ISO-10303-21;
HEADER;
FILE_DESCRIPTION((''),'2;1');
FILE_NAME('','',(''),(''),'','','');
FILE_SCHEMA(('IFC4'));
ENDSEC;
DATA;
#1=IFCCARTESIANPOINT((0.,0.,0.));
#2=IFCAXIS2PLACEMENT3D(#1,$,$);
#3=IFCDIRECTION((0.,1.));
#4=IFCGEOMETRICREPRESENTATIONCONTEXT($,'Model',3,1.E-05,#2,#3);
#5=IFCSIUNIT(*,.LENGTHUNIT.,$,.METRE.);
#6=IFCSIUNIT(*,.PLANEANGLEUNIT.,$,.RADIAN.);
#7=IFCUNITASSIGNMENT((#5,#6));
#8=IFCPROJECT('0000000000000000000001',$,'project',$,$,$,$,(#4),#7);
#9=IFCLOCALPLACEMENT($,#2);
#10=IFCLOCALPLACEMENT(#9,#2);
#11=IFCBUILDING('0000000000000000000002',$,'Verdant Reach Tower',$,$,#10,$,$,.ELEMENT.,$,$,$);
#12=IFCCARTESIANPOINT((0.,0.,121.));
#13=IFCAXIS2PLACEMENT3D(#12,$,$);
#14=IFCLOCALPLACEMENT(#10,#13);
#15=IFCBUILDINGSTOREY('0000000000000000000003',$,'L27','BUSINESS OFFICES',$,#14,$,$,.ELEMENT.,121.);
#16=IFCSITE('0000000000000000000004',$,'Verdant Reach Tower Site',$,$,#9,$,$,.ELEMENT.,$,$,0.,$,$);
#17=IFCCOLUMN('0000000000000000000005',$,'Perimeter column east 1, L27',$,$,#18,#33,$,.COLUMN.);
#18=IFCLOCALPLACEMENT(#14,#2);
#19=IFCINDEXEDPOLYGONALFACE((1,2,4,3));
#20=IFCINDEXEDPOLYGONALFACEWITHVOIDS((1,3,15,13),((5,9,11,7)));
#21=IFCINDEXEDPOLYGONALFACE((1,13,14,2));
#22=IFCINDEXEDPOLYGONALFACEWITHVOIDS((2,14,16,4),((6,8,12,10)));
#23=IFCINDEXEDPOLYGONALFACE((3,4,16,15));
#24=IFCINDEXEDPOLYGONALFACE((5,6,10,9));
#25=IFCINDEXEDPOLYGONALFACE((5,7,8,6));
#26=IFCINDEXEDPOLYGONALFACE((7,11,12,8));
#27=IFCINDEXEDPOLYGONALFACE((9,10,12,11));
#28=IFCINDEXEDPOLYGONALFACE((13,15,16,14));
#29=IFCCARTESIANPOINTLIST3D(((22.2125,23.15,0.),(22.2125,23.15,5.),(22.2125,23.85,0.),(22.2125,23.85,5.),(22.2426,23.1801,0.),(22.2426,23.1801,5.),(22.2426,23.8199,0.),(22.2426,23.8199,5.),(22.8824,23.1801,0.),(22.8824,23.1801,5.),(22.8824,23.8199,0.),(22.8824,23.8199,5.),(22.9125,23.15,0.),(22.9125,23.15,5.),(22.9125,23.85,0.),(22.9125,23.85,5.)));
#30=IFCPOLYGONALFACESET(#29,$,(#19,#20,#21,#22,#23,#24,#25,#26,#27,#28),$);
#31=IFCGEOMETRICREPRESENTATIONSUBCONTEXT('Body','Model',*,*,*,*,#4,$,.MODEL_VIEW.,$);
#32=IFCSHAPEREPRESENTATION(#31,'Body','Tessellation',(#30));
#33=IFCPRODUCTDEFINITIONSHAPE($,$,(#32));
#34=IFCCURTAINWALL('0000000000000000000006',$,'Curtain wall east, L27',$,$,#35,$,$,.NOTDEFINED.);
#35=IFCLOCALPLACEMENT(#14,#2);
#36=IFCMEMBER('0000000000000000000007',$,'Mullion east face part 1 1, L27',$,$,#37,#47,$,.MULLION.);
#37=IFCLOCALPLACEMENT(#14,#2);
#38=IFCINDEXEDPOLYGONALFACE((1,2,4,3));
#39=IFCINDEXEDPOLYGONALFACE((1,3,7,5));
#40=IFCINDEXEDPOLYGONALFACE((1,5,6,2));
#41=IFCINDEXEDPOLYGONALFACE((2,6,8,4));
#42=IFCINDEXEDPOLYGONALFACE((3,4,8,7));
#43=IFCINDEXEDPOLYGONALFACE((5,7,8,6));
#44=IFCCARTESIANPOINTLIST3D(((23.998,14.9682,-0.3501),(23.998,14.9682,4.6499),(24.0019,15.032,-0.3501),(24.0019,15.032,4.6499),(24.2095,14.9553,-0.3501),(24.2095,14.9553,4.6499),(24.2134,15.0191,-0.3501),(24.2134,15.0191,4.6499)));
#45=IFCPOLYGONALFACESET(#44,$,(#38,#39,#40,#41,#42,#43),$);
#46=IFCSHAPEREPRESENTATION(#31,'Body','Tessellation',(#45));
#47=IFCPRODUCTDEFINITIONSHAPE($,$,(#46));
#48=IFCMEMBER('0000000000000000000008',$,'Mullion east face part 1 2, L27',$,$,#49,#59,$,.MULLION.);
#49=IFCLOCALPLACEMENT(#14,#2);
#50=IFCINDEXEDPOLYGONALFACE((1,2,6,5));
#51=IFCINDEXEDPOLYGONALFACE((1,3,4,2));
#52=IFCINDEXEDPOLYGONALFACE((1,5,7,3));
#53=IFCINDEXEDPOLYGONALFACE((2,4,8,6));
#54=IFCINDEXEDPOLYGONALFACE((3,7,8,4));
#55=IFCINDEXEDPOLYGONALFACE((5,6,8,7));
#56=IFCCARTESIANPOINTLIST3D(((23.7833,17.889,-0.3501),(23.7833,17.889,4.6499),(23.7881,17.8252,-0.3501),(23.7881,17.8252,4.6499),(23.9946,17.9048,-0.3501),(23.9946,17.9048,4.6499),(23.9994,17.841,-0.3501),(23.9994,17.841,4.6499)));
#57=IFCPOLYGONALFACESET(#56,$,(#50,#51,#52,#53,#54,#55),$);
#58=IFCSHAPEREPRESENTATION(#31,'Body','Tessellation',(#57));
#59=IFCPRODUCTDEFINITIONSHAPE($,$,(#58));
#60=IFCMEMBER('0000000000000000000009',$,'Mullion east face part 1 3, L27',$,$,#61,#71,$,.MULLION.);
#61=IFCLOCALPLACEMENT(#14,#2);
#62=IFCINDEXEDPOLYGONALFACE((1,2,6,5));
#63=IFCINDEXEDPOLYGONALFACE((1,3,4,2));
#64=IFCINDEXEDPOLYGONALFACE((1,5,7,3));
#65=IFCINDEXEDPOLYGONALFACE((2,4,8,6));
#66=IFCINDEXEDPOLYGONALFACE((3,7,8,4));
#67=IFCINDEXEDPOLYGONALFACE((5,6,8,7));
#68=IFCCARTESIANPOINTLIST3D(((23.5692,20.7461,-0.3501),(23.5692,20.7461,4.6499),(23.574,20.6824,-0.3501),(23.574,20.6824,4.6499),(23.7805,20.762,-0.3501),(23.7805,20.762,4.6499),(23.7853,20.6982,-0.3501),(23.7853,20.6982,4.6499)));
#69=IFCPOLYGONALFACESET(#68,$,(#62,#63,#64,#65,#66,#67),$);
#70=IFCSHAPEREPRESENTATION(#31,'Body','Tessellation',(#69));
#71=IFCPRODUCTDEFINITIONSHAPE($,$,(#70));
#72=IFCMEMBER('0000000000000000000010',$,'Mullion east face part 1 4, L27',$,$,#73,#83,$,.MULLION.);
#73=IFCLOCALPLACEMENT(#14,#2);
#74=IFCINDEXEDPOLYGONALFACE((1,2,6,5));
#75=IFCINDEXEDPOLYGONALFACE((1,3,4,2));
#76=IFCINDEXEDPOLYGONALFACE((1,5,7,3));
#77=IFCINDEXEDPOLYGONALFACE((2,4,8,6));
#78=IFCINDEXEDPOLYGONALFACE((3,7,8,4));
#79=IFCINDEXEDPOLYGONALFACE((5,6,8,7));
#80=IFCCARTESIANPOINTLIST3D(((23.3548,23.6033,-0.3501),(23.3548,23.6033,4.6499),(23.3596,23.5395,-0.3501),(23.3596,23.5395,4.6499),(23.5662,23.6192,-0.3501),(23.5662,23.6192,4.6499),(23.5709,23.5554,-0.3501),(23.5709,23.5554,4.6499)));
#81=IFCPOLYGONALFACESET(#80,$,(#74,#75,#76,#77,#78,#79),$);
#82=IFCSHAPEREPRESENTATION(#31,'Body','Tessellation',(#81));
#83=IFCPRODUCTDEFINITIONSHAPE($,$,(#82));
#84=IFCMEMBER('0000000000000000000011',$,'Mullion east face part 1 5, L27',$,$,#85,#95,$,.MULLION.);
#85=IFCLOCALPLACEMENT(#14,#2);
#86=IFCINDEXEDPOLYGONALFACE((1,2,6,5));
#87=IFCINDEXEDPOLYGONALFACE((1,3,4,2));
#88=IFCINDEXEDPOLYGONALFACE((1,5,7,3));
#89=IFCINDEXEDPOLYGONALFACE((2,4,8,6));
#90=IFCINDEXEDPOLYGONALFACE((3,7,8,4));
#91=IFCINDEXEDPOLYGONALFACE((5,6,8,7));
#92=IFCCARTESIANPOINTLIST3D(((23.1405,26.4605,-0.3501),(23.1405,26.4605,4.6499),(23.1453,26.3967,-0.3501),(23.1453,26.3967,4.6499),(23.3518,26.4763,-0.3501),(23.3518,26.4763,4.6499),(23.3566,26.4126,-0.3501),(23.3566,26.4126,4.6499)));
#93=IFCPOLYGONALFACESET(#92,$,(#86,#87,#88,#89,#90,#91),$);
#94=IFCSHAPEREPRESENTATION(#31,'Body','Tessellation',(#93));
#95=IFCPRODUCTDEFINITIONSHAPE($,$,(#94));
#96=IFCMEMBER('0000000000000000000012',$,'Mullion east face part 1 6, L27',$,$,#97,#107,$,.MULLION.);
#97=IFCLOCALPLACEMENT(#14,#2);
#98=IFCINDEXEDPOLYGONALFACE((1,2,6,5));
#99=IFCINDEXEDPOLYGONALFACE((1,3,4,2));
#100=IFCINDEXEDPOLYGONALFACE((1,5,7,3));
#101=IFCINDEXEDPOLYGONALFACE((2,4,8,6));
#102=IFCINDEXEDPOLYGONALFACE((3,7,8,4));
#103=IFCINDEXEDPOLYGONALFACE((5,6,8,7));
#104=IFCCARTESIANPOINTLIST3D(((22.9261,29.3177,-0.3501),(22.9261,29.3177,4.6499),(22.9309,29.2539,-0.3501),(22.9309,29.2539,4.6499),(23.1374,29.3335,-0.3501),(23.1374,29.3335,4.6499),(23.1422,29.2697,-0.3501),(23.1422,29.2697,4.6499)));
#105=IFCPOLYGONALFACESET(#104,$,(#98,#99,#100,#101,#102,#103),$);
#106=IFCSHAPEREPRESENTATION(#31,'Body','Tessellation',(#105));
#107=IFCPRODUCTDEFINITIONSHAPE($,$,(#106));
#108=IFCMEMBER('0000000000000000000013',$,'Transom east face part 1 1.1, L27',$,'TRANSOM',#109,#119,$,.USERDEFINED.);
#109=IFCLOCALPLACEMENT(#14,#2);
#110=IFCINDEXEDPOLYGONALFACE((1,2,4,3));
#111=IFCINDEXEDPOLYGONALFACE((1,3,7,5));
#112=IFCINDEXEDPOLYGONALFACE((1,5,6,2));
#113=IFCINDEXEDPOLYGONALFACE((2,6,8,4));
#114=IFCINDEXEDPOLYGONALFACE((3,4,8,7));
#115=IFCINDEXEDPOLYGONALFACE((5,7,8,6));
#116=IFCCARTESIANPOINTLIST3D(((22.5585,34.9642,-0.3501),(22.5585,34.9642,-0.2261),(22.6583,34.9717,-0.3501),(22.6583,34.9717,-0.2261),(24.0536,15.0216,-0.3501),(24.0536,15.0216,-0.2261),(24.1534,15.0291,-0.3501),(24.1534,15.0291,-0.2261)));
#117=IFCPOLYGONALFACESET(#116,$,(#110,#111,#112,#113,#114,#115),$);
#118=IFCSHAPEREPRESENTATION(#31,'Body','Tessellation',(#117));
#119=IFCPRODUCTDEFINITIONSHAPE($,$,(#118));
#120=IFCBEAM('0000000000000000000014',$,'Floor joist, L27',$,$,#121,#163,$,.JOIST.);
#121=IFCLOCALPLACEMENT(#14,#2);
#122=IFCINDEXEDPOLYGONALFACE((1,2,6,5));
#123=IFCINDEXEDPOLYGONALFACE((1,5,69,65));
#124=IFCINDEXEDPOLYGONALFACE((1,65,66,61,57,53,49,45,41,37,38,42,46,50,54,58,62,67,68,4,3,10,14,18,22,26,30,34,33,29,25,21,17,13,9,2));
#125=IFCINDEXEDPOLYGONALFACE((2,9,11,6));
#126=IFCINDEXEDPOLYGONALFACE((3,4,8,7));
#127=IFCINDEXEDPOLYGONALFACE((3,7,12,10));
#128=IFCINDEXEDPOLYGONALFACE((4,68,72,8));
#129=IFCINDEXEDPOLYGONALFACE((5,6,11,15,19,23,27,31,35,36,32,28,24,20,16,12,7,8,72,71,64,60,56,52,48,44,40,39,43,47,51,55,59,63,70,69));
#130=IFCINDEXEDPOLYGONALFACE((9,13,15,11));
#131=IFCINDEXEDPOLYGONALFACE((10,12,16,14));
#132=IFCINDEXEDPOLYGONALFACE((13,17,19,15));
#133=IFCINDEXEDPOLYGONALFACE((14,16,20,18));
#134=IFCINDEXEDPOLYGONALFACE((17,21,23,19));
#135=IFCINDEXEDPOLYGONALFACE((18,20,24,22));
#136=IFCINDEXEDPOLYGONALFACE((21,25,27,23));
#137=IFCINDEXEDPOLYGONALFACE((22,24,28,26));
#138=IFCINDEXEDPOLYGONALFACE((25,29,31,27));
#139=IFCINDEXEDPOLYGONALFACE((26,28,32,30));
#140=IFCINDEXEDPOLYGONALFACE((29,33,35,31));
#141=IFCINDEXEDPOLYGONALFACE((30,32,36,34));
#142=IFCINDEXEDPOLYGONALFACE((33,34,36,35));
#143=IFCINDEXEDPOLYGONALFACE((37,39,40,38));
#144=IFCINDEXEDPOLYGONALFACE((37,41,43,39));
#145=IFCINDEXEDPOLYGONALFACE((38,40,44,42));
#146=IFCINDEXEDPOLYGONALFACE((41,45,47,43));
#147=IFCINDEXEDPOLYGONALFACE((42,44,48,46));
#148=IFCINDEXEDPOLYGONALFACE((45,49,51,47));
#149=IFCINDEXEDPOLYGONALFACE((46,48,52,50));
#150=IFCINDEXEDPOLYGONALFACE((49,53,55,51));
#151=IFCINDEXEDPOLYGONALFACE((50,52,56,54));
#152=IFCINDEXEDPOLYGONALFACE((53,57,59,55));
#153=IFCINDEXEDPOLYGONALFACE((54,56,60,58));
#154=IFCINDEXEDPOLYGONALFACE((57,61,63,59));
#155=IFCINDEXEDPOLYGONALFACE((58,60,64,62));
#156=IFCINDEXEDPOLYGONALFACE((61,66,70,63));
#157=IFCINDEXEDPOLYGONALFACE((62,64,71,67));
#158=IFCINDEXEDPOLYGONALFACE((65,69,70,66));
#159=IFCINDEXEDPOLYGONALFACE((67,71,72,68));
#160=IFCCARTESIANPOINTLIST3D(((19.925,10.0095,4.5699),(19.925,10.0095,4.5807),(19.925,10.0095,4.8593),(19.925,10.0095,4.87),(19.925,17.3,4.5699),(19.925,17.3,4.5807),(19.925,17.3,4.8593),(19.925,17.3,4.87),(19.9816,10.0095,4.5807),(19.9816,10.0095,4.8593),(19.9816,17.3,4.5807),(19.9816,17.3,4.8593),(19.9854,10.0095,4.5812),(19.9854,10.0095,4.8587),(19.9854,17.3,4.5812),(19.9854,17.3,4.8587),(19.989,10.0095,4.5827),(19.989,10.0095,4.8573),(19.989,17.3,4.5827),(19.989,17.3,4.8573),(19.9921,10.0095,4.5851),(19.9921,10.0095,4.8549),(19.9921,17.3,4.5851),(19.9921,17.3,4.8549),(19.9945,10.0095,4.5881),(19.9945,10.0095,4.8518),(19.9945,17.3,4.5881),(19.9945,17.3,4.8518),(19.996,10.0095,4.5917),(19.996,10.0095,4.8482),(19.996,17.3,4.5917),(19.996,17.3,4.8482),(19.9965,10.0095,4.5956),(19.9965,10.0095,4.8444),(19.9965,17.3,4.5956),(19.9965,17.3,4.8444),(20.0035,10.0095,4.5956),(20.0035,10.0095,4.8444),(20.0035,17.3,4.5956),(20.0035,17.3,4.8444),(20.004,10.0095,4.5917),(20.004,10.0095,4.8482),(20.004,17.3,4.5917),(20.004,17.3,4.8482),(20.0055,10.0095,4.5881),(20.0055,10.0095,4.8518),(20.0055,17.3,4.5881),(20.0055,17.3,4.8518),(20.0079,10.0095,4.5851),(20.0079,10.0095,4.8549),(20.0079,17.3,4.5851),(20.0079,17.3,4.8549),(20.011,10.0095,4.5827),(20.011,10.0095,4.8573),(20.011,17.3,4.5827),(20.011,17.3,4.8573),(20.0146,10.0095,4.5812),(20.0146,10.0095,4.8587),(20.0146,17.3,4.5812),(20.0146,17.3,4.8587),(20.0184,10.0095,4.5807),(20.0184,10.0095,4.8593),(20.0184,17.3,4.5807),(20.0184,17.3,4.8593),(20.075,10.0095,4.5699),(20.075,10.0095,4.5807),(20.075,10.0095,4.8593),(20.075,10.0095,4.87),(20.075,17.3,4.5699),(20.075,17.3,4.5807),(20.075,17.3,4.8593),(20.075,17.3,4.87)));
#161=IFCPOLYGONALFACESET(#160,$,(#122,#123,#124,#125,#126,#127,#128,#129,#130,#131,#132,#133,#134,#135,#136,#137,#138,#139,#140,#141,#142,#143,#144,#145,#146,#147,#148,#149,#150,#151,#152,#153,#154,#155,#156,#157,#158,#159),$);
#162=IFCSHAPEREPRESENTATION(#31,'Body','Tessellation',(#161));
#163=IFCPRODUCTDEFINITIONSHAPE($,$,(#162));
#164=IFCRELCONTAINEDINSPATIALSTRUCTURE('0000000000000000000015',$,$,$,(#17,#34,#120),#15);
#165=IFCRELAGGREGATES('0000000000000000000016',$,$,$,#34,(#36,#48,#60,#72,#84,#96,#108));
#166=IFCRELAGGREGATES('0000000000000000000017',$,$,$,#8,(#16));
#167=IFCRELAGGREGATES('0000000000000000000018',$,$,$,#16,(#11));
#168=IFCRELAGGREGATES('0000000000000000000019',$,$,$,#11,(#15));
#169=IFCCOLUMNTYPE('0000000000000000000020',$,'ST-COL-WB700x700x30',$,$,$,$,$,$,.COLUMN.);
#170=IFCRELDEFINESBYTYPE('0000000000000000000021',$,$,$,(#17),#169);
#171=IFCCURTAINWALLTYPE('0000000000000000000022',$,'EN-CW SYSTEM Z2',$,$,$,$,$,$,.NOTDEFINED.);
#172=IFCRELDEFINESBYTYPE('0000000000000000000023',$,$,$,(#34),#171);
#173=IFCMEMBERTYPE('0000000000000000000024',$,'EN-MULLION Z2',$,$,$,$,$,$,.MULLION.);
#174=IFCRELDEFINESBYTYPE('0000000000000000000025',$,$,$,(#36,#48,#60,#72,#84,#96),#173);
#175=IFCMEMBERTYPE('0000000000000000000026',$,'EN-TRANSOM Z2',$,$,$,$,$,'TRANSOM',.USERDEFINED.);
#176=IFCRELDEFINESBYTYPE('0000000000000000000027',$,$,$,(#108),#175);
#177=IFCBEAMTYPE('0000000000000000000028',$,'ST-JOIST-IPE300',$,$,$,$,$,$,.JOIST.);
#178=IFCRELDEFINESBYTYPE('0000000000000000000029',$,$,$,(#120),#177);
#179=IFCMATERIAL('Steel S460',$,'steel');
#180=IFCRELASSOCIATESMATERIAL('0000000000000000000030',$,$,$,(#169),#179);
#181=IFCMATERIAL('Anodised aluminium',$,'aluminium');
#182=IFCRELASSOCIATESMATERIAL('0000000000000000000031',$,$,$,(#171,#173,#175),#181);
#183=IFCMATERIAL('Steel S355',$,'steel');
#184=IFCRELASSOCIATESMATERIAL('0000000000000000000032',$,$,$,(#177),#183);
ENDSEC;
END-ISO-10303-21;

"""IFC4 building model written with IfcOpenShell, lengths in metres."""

from ifc_helpers import new_model, si_unit, direction, frame, origin, origin_2d, place, context, subcontext, project, spatial, rectangle, hollow_rectangle, i_section, extrude, material, material_profile, profile_set, type_object, element, aggregate, save


model = new_model("IFC4")

# Units and contexts
model_context = context("Model", 3, precision=1e-05, world=origin(), true_north=direction((0.0, 1.0)))
body_context = subcontext(model_context, "Body", "Model", "MODEL_VIEW")
ifc_project = project(units=[si_unit("LENGTHUNIT", "METRE"), si_unit("PLANEANGLEUNIT", "RADIAN")], contexts=[model_context])

# Site, building, storey
site_placement = place(None, origin())
site = spatial("IfcSite", under=ifc_project, at=site_placement, Name="Verdant Reach Tower Site", CompositionType="ELEMENT", RefElevation=0.0)
building_placement = place(site_placement, origin())
building = spatial("IfcBuilding", under=site, at=building_placement, Name="Verdant Reach Tower", CompositionType="ELEMENT")
storey_placement = place(building_placement, frame((0.0, 0.0, 121.0)))
storey = spatial("IfcBuildingStorey", under=building, at=storey_placement, Name="L27", Description="BUSINESS OFFICES", CompositionType="ELEMENT", Elevation=121.0)

# Column
ifc_material_1 = material(Name="Steel S460", Category="steel")
ifc_material_profile_1 = material_profile(ifc_material_1, hollow_rectangle(XDim=0.7, YDim=0.7, WallThickness=0.03, at=origin_2d()), Name="WB 700x700x30")
ifc_profile_set_1 = profile_set([ifc_material_profile_1], Name="Steel S460")
column_type = type_object("IfcColumnType", Name="ST-COL-WB700x700x30", PredefinedType="COLUMN", material=ifc_profile_set_1)
column_placement = place(storey_placement, frame((22.5625, 23.5, 0.0), z_axis=(0.0, 0.0, 1.0), x_axis=(1.0, 0.0, 0.0)))
element("IfcColumn", 1, at=column_placement, inside=storey, type_object=column_type, Name="Perimeter column east 1, L27", PredefinedType="COLUMN", context=body_context, shape_type="SweptSolid", body=[
    extrude(hollow_rectangle(XDim=0.7, YDim=0.7, WallThickness=0.03, at=origin_2d()), origin(), (0.0, 0.0, 1.0), 5.0),
])

# Curtain wall, members
ifc_material_2 = material(Name="Anodised aluminium", Category="aluminium")
curtain_wall_type = type_object("IfcCurtainWallType", Name="EN-CW SYSTEM Z2", PredefinedType="NOTDEFINED", material=ifc_material_2)
curtain_wall_placement = place(storey_placement, origin())
curtain_wall = element("IfcCurtainWall", 2, at=curtain_wall_placement, inside=storey, type_object=curtain_wall_type, Name="Curtain wall east, L27", PredefinedType="NOTDEFINED")
ifc_material_profile_2 = material_profile(ifc_material_2, rectangle(XDim=0.2119, YDim=0.064, at=origin_2d()), Name="Mullion 64x212")
ifc_profile_set_2 = profile_set([ifc_material_profile_2], Name="Anodised aluminium")
member_type_1 = type_object("IfcMemberType", Name="EN-MULLION Z2", PredefinedType="MULLION", material=ifc_profile_set_2)
member_1_placement = place(storey_placement, frame((24.1057, 14.9937, -0.3501), z_axis=(0.0, 0.0, 1.0), x_axis=(0.998156, -0.060703, 0.0)))
member_1 = element("IfcMember", 3, at=member_1_placement, type_object=member_type_1, Name="Mullion east face part 1 1, L27", PredefinedType="MULLION", context=body_context, shape_type="SweptSolid", body=[
    extrude(rectangle(XDim=0.2119, YDim=0.064, at=origin_2d()), origin(), (0.0, 0.0, 1.0), 5.0),
])
member_2_placement = place(storey_placement, frame((23.8914, 17.865, -0.3501), z_axis=(0.0, 0.0, 1.0), x_axis=(0.997199, 0.07479, 0.0)))
member_2 = element("IfcMember", 4, at=member_2_placement, type_object=member_type_1, Name="Mullion east face part 1 2, L27", PredefinedType="MULLION", context=body_context, shape_type="SweptSolid", body=[
    extrude(rectangle(XDim=0.2119, YDim=0.064, at=origin_2d()), origin(), (0.0, 0.0, 1.0), 5.0),
])
member_3_placement = place(storey_placement, frame((23.6772, 20.7222, -0.3501), z_axis=(0.0, 0.0, 1.0), x_axis=(0.997199, 0.07479, 0.0)))
member_3 = element("IfcMember", 5, at=member_3_placement, type_object=member_type_1, Name="Mullion east face part 1 3, L27", PredefinedType="MULLION", context=body_context, shape_type="SweptSolid", body=[
    extrude(rectangle(XDim=0.2119, YDim=0.064, at=origin_2d()), origin(), (0.0, 0.0, 1.0), 5.0),
])
member_4_placement = place(storey_placement, frame((23.4629, 23.5793, -0.3501), z_axis=(0.0, 0.0, 1.0), x_axis=(0.997199, 0.07479, 0.0)))
member_4 = element("IfcMember", 6, at=member_4_placement, type_object=member_type_1, Name="Mullion east face part 1 4, L27", PredefinedType="MULLION", context=body_context, shape_type="SweptSolid", body=[
    extrude(rectangle(XDim=0.2119, YDim=0.064, at=origin_2d()), origin(), (0.0, 0.0, 1.0), 5.0),
])
member_5_placement = place(storey_placement, frame((23.2485, 26.4365, -0.3501), z_axis=(0.0, 0.0, 1.0), x_axis=(0.997199, 0.07479, 0.0)))
member_5 = element("IfcMember", 7, at=member_5_placement, type_object=member_type_1, Name="Mullion east face part 1 5, L27", PredefinedType="MULLION", context=body_context, shape_type="SweptSolid", body=[
    extrude(rectangle(XDim=0.2119, YDim=0.064, at=origin_2d()), origin(), (0.0, 0.0, 1.0), 5.0),
])
member_6_placement = place(storey_placement, frame((23.0342, 29.2937, -0.3501), z_axis=(0.0, 0.0, 1.0), x_axis=(0.997199, 0.07479, 0.0)))
member_6 = element("IfcMember", 8, at=member_6_placement, type_object=member_type_1, Name="Mullion east face part 1 6, L27", PredefinedType="MULLION", context=body_context, shape_type="SweptSolid", body=[
    extrude(rectangle(XDim=0.2119, YDim=0.064, at=origin_2d()), origin(), (0.0, 0.0, 1.0), 5.0),
])
ifc_material_profile_3 = material_profile(ifc_material_2, rectangle(XDim=0.1001, YDim=0.124, at=origin_2d()), Name="Transom 124x100")
ifc_profile_set_3 = profile_set([ifc_material_profile_3], Name="Anodised aluminium")
member_type_2 = type_object("IfcMemberType", Name="EN-TRANSOM Z2", ElementType="TRANSOM", PredefinedType="USERDEFINED", material=ifc_profile_set_3)
member_7_placement = place(storey_placement, frame((24.1035, 15.0254, -0.2881), z_axis=(-0.074761, 0.997201, 0.0), x_axis=(-0.997201, -0.074761, 0.0)))
member_7 = element("IfcMember", 9, at=member_7_placement, type_object=member_type_2, Name="Transom east face part 1 1.1, L27", ObjectType="TRANSOM", PredefinedType="USERDEFINED", context=body_context, shape_type="SweptSolid", body=[
    extrude(rectangle(XDim=0.1001, YDim=0.124, at=origin_2d()), origin(), (0.0, 0.0, 1.0), 19.9985),
])

# Beam
ifc_material_3 = material(Name="Steel S355", Category="steel")
ifc_material_profile_4 = material_profile(ifc_material_3, i_section(OverallWidth=0.1499, OverallDepth=0.3, WebThickness=0.0071, FlangeThickness=0.0107, FilletRadius=0.0149, at=origin_2d()), Name="IPE 300")
ifc_profile_set_4 = profile_set([ifc_material_profile_4], Name="Steel S355")
beam_type_1 = type_object("IfcBeamType", Name="ST-JOIST-IPE300", PredefinedType="JOIST", material=ifc_profile_set_4)
beam_1_placement = place(storey_placement, frame((20.0, 17.3, 4.72), z_axis=(0.0, -1.0, 0.0), x_axis=(1.0, 0.0, 0.0)))
element("IfcBeam", 10, at=beam_1_placement, inside=storey, type_object=beam_type_1, Name="Floor joist, L27", PredefinedType="JOIST", context=body_context, shape_type="SweptSolid", body=[
    extrude(i_section(OverallWidth=0.1499, OverallDepth=0.3, WebThickness=0.0071, FlangeThickness=0.0107, FilletRadius=0.0149, at=origin_2d()), origin(), (0.0, 0.0, 1.0), 7.2905),
])

aggregate(curtain_wall, [member_1, member_2, member_3, member_4, member_5, member_6, member_7])

save(model, "model.ifc")
